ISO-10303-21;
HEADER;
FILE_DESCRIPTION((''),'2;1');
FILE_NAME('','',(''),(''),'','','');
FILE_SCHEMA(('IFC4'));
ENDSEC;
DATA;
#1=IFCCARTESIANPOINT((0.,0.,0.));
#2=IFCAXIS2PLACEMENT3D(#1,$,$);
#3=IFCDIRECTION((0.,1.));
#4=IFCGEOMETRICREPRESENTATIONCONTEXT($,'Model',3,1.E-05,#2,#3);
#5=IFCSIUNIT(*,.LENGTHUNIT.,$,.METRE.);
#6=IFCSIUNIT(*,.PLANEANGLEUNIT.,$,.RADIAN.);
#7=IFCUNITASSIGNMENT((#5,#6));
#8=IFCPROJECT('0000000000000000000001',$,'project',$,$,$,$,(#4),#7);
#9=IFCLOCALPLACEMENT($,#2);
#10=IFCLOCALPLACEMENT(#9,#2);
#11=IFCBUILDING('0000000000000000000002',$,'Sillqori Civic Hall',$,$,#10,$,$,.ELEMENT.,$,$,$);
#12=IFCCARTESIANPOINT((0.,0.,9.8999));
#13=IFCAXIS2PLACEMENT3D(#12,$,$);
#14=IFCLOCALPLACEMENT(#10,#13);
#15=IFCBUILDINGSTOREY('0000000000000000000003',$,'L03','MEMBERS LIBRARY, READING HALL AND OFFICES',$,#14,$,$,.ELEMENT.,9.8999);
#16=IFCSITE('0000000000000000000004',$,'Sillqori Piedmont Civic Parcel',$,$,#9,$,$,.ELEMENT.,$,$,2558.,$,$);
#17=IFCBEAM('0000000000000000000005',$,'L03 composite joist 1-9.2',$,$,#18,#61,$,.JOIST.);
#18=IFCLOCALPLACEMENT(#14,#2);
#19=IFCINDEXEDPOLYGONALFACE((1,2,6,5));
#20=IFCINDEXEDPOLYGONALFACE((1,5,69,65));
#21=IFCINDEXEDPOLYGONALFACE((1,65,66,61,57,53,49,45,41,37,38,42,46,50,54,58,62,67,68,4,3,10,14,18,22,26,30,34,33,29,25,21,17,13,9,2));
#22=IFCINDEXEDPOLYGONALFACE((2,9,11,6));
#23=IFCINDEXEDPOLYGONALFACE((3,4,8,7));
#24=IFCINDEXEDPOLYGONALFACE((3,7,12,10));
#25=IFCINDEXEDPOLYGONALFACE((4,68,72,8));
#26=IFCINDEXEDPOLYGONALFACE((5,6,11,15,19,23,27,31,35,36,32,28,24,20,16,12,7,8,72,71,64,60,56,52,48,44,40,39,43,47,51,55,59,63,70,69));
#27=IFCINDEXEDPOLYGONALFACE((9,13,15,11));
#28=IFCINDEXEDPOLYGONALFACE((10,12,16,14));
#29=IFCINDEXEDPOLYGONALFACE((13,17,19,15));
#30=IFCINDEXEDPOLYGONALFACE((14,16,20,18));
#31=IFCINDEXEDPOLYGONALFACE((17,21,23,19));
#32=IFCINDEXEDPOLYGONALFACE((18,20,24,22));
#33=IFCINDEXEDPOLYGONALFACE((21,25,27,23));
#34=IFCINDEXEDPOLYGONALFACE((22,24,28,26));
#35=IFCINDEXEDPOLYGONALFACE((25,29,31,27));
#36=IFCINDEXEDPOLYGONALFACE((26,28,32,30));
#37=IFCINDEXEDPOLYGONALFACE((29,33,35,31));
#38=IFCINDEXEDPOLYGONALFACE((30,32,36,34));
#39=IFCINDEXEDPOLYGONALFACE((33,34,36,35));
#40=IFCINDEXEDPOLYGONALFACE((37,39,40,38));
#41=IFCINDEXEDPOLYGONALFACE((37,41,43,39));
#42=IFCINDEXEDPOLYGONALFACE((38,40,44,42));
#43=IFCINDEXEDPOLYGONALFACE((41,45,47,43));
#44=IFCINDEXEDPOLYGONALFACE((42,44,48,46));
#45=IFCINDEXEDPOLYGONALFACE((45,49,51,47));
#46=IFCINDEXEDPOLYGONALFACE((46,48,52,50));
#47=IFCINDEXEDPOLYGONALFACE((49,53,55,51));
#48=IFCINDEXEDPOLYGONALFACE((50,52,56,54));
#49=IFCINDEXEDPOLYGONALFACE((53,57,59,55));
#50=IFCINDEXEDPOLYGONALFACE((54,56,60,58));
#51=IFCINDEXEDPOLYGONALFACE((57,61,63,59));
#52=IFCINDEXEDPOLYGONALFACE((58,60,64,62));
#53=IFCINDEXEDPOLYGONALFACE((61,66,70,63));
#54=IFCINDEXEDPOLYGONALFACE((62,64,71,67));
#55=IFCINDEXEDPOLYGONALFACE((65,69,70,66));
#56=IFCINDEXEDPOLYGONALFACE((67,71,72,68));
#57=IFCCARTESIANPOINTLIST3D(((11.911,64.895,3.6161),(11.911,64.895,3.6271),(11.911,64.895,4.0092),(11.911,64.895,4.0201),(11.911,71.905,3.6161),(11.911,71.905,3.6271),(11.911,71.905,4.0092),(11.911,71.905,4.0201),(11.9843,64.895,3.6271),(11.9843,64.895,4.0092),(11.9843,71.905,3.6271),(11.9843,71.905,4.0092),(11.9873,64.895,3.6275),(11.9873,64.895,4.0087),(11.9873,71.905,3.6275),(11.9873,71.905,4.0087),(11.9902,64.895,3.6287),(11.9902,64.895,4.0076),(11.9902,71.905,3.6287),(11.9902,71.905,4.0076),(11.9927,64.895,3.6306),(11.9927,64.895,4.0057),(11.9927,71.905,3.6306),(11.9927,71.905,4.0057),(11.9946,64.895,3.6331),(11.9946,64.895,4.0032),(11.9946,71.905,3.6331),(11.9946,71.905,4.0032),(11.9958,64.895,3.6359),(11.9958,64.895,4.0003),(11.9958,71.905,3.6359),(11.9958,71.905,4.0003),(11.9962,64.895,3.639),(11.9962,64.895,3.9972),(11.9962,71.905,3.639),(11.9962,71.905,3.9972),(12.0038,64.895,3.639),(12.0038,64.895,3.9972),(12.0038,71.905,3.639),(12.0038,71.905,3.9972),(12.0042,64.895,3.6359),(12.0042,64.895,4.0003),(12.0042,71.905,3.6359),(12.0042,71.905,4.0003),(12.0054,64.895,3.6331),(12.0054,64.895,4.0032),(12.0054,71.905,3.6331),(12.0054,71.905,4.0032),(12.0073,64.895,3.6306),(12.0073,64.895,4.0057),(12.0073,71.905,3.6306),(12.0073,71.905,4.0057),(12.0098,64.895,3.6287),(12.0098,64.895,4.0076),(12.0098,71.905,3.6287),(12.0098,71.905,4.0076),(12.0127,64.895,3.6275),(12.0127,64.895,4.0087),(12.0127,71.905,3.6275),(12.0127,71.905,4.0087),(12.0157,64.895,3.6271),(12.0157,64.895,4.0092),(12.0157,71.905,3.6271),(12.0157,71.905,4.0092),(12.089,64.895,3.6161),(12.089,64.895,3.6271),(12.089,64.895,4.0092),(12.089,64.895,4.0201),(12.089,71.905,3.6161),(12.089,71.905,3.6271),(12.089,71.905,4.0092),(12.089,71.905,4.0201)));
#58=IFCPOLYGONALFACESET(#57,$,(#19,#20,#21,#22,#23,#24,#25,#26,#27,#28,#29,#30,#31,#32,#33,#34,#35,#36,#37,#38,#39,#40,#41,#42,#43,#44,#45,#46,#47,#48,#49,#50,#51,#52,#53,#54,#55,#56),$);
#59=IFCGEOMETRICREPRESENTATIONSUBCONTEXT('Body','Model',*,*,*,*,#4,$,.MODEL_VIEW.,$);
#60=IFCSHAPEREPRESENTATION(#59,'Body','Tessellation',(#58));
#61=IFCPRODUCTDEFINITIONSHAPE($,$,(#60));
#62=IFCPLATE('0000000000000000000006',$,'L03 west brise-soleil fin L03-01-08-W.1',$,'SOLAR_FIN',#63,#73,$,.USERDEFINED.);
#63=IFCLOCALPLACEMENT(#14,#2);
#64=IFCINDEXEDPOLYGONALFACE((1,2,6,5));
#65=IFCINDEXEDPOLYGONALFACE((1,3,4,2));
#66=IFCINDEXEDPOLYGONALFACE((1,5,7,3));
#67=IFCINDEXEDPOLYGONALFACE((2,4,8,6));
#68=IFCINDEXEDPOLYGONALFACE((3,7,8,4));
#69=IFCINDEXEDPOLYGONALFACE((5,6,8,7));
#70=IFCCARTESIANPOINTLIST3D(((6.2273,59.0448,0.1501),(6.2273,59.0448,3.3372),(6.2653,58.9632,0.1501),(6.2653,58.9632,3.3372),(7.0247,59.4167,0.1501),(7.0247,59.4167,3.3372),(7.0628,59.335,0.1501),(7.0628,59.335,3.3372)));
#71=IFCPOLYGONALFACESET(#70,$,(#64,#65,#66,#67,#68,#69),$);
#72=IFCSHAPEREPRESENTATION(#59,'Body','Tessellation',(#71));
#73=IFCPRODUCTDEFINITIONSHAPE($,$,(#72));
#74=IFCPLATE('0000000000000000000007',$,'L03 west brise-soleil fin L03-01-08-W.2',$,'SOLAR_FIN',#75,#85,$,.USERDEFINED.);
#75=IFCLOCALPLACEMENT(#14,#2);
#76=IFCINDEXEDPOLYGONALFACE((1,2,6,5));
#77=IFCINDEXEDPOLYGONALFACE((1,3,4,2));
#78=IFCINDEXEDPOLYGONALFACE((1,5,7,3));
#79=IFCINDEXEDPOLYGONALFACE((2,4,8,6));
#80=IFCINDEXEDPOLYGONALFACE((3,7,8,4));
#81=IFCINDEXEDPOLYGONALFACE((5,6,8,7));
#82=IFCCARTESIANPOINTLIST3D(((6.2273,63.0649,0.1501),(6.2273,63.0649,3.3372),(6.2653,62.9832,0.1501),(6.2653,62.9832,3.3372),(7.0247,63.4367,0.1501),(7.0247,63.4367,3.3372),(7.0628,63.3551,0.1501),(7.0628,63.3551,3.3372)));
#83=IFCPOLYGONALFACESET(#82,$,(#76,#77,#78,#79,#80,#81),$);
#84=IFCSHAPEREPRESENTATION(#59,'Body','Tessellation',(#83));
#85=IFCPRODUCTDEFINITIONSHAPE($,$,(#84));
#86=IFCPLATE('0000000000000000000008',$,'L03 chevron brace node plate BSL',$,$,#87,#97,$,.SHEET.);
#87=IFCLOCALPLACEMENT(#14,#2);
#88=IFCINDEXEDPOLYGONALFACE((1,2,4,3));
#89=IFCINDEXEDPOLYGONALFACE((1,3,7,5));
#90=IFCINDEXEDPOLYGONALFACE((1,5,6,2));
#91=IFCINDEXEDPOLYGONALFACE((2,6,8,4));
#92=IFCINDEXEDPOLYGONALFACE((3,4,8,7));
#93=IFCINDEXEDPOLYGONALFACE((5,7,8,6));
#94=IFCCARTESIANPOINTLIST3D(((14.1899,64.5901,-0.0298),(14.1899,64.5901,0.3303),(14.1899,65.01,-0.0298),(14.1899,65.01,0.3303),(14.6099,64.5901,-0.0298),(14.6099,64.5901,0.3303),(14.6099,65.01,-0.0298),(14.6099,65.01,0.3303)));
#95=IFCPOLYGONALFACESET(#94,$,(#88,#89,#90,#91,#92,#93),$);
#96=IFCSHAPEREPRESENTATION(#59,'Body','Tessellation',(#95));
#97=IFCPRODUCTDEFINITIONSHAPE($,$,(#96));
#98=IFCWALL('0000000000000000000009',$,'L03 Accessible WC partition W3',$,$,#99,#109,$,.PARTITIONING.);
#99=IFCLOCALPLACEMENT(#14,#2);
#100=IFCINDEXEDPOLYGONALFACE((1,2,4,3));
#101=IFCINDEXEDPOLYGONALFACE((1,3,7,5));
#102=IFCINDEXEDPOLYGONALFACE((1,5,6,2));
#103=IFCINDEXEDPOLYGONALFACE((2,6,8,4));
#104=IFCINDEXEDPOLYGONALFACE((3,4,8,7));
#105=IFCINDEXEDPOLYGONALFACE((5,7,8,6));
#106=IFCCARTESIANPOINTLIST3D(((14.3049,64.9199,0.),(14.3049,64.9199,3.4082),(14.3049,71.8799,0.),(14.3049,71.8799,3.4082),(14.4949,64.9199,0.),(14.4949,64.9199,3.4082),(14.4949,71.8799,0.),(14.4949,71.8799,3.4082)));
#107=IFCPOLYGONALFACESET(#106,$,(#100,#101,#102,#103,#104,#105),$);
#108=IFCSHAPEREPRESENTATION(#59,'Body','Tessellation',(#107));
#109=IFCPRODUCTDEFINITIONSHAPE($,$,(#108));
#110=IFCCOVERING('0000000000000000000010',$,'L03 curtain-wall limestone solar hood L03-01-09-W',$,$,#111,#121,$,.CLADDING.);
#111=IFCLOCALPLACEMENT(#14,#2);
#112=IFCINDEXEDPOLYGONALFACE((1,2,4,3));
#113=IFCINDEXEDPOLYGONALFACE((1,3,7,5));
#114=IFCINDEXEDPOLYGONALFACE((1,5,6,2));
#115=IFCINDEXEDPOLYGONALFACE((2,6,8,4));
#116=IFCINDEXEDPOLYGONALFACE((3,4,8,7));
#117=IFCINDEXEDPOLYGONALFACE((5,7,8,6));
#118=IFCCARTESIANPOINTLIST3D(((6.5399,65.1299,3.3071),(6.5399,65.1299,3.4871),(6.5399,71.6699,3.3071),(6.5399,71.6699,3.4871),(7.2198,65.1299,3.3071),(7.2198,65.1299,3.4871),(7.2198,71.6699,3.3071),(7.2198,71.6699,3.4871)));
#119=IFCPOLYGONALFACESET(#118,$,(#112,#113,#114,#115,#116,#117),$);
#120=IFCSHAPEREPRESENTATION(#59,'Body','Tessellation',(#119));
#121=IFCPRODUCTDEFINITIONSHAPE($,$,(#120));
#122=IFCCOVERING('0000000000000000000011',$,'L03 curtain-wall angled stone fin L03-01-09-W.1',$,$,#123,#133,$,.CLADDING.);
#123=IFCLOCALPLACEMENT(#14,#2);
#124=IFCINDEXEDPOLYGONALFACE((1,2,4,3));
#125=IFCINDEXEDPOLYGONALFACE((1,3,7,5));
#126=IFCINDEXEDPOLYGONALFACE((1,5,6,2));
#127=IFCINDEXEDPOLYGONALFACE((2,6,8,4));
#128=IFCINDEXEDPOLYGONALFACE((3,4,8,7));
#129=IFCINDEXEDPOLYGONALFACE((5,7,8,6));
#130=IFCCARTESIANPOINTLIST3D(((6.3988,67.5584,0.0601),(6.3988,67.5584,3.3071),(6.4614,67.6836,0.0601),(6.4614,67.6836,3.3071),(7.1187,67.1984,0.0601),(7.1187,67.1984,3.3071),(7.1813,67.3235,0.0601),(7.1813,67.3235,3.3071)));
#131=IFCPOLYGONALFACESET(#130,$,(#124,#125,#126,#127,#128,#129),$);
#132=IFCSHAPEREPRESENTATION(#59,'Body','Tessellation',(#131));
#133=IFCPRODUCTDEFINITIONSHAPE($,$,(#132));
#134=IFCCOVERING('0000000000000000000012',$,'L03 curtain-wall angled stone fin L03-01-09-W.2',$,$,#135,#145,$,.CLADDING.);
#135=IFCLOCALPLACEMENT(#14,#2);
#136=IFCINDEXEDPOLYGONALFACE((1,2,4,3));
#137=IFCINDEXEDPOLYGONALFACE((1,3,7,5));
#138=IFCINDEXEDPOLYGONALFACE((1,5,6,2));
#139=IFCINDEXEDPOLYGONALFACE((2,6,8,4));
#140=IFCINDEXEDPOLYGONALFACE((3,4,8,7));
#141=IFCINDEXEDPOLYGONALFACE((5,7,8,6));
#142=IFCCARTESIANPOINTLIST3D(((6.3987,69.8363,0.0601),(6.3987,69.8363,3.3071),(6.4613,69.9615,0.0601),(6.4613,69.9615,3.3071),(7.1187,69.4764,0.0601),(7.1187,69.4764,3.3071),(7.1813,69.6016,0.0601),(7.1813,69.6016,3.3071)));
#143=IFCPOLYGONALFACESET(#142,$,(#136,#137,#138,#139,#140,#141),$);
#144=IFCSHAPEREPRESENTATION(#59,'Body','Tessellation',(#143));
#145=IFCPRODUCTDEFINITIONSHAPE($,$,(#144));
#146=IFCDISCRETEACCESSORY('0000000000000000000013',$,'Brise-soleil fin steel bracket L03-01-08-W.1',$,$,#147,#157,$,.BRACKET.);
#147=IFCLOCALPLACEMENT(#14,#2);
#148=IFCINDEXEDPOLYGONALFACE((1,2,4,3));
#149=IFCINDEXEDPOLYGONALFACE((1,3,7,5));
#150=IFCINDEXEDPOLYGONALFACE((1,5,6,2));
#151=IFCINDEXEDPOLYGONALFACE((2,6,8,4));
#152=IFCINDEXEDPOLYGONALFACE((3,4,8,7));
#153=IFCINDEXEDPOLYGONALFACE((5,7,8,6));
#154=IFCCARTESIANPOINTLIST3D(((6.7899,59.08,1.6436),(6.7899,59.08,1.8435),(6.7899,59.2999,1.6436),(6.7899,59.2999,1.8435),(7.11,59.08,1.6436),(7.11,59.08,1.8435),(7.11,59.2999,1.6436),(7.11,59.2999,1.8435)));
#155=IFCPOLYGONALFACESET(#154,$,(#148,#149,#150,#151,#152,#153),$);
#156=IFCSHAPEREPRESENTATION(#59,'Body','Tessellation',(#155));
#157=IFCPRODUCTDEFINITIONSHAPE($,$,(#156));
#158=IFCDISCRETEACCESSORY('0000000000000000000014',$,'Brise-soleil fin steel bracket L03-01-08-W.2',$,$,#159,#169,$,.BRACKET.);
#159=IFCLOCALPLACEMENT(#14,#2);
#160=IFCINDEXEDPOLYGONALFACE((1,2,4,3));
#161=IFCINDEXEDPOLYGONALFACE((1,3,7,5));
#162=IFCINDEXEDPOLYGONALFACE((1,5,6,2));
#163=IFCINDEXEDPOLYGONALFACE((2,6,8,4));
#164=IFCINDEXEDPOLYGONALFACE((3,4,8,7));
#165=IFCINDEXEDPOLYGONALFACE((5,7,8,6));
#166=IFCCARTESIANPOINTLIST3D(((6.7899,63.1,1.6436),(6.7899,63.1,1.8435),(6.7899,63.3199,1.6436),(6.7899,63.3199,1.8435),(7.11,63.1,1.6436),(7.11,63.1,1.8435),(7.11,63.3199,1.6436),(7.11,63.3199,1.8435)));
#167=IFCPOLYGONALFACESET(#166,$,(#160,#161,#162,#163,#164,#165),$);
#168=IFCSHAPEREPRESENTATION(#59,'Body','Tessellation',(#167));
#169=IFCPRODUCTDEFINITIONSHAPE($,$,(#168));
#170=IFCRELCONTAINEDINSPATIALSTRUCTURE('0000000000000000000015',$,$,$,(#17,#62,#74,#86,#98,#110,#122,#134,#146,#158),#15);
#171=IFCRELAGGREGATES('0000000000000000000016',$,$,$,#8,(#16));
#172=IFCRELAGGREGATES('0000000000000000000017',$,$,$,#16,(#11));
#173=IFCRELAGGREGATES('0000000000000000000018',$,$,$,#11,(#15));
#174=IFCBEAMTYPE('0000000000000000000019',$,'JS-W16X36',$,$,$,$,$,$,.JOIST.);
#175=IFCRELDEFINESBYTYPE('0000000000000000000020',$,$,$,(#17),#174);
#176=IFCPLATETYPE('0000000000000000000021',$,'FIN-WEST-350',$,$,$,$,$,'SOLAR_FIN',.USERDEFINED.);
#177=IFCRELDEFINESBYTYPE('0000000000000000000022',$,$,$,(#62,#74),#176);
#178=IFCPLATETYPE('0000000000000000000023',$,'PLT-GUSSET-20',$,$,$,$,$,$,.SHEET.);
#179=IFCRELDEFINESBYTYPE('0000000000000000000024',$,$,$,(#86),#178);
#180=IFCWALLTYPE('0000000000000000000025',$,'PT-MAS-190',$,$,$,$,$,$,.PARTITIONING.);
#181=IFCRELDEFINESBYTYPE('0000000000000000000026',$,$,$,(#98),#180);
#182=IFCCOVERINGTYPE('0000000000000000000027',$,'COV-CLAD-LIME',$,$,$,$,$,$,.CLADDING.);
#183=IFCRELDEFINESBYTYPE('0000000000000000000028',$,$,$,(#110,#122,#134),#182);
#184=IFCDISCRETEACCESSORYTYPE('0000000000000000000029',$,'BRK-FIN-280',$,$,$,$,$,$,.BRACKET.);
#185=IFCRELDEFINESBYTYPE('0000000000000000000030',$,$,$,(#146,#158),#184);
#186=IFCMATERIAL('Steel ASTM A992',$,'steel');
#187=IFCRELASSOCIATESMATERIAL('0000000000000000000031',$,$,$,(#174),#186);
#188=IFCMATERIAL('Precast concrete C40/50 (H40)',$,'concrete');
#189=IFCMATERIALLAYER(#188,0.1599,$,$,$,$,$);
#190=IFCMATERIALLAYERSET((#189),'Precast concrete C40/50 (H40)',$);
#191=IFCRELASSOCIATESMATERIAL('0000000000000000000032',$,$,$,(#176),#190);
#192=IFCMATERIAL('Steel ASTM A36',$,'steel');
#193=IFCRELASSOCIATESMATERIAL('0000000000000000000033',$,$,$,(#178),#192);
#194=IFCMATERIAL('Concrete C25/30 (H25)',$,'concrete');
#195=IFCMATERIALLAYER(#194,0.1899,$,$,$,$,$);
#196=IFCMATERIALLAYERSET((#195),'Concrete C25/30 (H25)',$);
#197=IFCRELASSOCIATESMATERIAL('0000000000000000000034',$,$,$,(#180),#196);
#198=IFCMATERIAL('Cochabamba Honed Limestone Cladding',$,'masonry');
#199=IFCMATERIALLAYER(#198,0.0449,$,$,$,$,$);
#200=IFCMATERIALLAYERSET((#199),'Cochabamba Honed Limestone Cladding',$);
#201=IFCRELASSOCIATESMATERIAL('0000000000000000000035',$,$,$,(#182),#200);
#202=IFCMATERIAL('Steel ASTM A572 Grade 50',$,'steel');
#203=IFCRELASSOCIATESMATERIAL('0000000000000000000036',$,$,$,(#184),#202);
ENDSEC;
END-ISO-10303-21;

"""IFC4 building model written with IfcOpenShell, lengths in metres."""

from ifc_helpers import new_model, si_unit, direction, frame, frame_2d, origin, origin_2d, place, context, subcontext, project, spatial, rectangle, i_section, extrude, material, layer, layer_set, material_profile, profile_set, type_object, element, save


model = new_model("IFC4")

# Units and contexts
model_context = context("Model", 3, precision=1e-05, world=origin(), true_north=direction((0.0, 1.0)))
body_context = subcontext(model_context, "Body", "Model", "MODEL_VIEW")
ifc_project = project(units=[si_unit("LENGTHUNIT", "METRE"), si_unit("PLANEANGLEUNIT", "RADIAN")], contexts=[model_context])

# Site, building, storey
site_placement = place(None, origin())
site = spatial("IfcSite", under=ifc_project, at=site_placement, Name="Sillqori Piedmont Civic Parcel", CompositionType="ELEMENT", RefElevation=2558.0)
building_placement = place(site_placement, origin())
building = spatial("IfcBuilding", under=site, at=building_placement, Name="Sillqori Civic Hall", CompositionType="ELEMENT")
storey_placement = place(building_placement, frame((0.0, 0.0, 9.8999)))
storey = spatial("IfcBuildingStorey", under=building, at=storey_placement, Name="L03", Description="MEMBERS LIBRARY, READING HALL AND OFFICES", CompositionType="ELEMENT", Elevation=9.8999)

# Shared definitions
ifc_material_1 = material(Name="Steel ASTM A992", Category="steel")

# Beam
ifc_material_profile_1 = material_profile(ifc_material_1, i_section(OverallWidth=0.178, OverallDepth=0.4041, WebThickness=0.0076, FlangeThickness=0.011, FilletRadius=0.012, at=origin_2d()), Name="W16X36")
ifc_profile_set_1 = profile_set([ifc_material_profile_1], Name="Steel ASTM A992")
beam_type_1 = type_object("IfcBeamType", Name="JS-W16X36", PredefinedType="JOIST", material=ifc_profile_set_1)
for number, where, z_axis, x_axis, name in (
    (1, (12.0, 64.895, 3.8181), (0.0, 1.0, 0.0), (-1.0, 0.0, 0.0), "L03 composite joist 1-9.2"),
):
    element("IfcBeam", number, at=place(storey_placement, frame(where, z_axis=z_axis, x_axis=x_axis)), inside=storey, type_object=beam_type_1, Name=name, PredefinedType="JOIST", context=body_context, shape_type="SweptSolid", body=[
        extrude(i_section(OverallWidth=0.178, OverallDepth=0.4041, WebThickness=0.0076, FlangeThickness=0.011, FilletRadius=0.012, at=origin_2d()), origin(), (0.0, 0.0, 1.0), 7.01),
    ])

# Plates
ifc_material_2 = material(Name="Precast concrete C40/50 (H40)", Category="concrete")
ifc_layer_1 = layer(ifc_material_2, 0.1599)
ifc_layer_set_1 = layer_set([ifc_layer_1], Name="Precast concrete C40/50 (H40)")
plate_type_1 = type_object("IfcPlateType", Name="FIN-WEST-350", ElementType="SOLAR_FIN", PredefinedType="USERDEFINED", material=ifc_layer_set_1)
for number, where, z_axis, x_axis, name in (
    (2, (6.645, 59.1899, 0.1501), (0.0, 0.0, 1.0), (-0.422618, 0.906308, 0.0), "L03 west brise-soleil fin L03-01-08-W.1"),
    (3, (6.645, 63.21, 0.1501), (0.0, 0.0, 1.0), (-0.422618, 0.906308, 0.0), "L03 west brise-soleil fin L03-01-08-W.2"),
):
    element("IfcPlate", number, at=place(storey_placement, frame(where, z_axis=z_axis, x_axis=x_axis)), inside=storey, type_object=plate_type_1, Name=name, ObjectType="SOLAR_FIN", PredefinedType="USERDEFINED", context=body_context, shape_type="SweptSolid", body=[
        extrude(rectangle(XDim=0.0901, YDim=0.8799, at=origin_2d()), origin(), (0.0, 0.0, 1.0), 3.187),
    ])
ifc_material_3 = material(Name="Steel ASTM A36", Category="steel")
plate_type_2 = type_object("IfcPlateType", Name="PLT-GUSSET-20", PredefinedType="SHEET", material=ifc_material_3)
plate_1_placement = place(storey_placement, frame((14.3999, 64.8, -0.0298), z_axis=(0.0, 0.0, 1.0), x_axis=(1.0, 0.0, 0.0)))
element("IfcPlate", 4, at=plate_1_placement, inside=storey, type_object=plate_type_2, Name="L03 chevron brace node plate BSL", PredefinedType="SHEET", context=body_context, shape_type="SweptSolid", body=[
    extrude(rectangle(XDim=0.4199, YDim=0.4199, at=origin_2d()), origin(), (0.0, 0.0, 1.0), 0.3601),
])

# Wall
ifc_material_4 = material(Name="Concrete C25/30 (H25)", Category="concrete")
ifc_layer_2 = layer(ifc_material_4, 0.1899)
ifc_layer_set_2 = layer_set([ifc_layer_2], Name="Concrete C25/30 (H25)")
wall_type = type_object("IfcWallType", Name="PT-MAS-190", PredefinedType="PARTITIONING", material=ifc_layer_set_2)
wall_placement = place(storey_placement, frame((14.3999, 64.9199, 0.0), z_axis=(0.0, 0.0, 1.0), x_axis=(0.0, 1.0, 0.0)))
element("IfcWall", 5, at=wall_placement, inside=storey, type_object=wall_type, Name="L03 Accessible WC partition W3", PredefinedType="PARTITIONING", context=body_context, shape_type="SweptSolid", body=[
    extrude(rectangle(XDim=6.96, YDim=0.1899, at=frame_2d((3.48, 0.0))), origin(), (0.0, 0.0, 1.0), 3.4082),
])

# Coverings
ifc_material_5 = material(Name="Cochabamba Honed Limestone Cladding", Category="masonry")
ifc_layer_3 = layer(ifc_material_5, 0.0449)
ifc_layer_set_3 = layer_set([ifc_layer_3], Name="Cochabamba Honed Limestone Cladding")
covering_type = type_object("IfcCoveringType", Name="COV-CLAD-LIME", PredefinedType="CLADDING", material=ifc_layer_set_3)
covering_placement = place(storey_placement, frame((6.8799, 65.1299, 3.3071), z_axis=(0.0, 0.0, 1.0), x_axis=(0.0, 1.0, 0.0)))
element("IfcCovering", 6, at=covering_placement, inside=storey, type_object=covering_type, Name="L03 curtain-wall limestone solar hood L03-01-09-W", PredefinedType="CLADDING", context=body_context, shape_type="SweptSolid", body=[
    extrude(rectangle(XDim=6.54, YDim=0.6799, at=frame_2d((3.27, 0.0))), origin(), (0.0, 0.0, 1.0), 0.1799),
])
for number, where, z_axis, x_axis, name in (
    (7, (7.1499, 67.261, 0.0601), (0.0, 0.0, 1.0), (-0.894367, 0.447335, 0.0), "L03 curtain-wall angled stone fin L03-01-09-W.1"),
    (8, (7.1499, 69.5391, 0.0601), (0.0, 0.0, 1.0), (-0.894488, 0.447092, 0.0), "L03 curtain-wall angled stone fin L03-01-09-W.2"),
):
    element("IfcCovering", number, at=place(storey_placement, frame(where, z_axis=z_axis, x_axis=x_axis)), inside=storey, type_object=covering_type, Name=name, PredefinedType="CLADDING", context=body_context, shape_type="SweptSolid", body=[
        extrude(rectangle(XDim=0.8049, YDim=0.1399, at=frame_2d((0.4023, 0.0))), origin(), (0.0, 0.0, 1.0), 3.2471),
    ])

# Discrete accessories
ifc_material_6 = material(Name="Steel ASTM A572 Grade 50", Category="steel")
discrete_accessory_type = type_object("IfcDiscreteAccessoryType", Name="BRK-FIN-280", PredefinedType="BRACKET", material=ifc_material_6)
for number, where, z_axis, x_axis, name in (
    (9, (6.95, 59.1899, 1.6436), (0.0, 0.0, 1.0), (0.0, 1.0, 0.0), "Brise-soleil fin steel bracket L03-01-08-W.1"),
    (10, (6.95, 63.21, 1.6436), (0.0, 0.0, 1.0), (0.0, 1.0, 0.0), "Brise-soleil fin steel bracket L03-01-08-W.2"),
):
    element("IfcDiscreteAccessory", number, at=place(storey_placement, frame(where, z_axis=z_axis, x_axis=x_axis)), inside=storey, type_object=discrete_accessory_type, Name=name, PredefinedType="BRACKET", context=body_context, shape_type="SweptSolid", body=[
        extrude(rectangle(XDim=0.22, YDim=0.3201, at=origin_2d()), origin(), (0.0, 0.0, 1.0), 0.2),
    ])

save(model, "model.ifc")
